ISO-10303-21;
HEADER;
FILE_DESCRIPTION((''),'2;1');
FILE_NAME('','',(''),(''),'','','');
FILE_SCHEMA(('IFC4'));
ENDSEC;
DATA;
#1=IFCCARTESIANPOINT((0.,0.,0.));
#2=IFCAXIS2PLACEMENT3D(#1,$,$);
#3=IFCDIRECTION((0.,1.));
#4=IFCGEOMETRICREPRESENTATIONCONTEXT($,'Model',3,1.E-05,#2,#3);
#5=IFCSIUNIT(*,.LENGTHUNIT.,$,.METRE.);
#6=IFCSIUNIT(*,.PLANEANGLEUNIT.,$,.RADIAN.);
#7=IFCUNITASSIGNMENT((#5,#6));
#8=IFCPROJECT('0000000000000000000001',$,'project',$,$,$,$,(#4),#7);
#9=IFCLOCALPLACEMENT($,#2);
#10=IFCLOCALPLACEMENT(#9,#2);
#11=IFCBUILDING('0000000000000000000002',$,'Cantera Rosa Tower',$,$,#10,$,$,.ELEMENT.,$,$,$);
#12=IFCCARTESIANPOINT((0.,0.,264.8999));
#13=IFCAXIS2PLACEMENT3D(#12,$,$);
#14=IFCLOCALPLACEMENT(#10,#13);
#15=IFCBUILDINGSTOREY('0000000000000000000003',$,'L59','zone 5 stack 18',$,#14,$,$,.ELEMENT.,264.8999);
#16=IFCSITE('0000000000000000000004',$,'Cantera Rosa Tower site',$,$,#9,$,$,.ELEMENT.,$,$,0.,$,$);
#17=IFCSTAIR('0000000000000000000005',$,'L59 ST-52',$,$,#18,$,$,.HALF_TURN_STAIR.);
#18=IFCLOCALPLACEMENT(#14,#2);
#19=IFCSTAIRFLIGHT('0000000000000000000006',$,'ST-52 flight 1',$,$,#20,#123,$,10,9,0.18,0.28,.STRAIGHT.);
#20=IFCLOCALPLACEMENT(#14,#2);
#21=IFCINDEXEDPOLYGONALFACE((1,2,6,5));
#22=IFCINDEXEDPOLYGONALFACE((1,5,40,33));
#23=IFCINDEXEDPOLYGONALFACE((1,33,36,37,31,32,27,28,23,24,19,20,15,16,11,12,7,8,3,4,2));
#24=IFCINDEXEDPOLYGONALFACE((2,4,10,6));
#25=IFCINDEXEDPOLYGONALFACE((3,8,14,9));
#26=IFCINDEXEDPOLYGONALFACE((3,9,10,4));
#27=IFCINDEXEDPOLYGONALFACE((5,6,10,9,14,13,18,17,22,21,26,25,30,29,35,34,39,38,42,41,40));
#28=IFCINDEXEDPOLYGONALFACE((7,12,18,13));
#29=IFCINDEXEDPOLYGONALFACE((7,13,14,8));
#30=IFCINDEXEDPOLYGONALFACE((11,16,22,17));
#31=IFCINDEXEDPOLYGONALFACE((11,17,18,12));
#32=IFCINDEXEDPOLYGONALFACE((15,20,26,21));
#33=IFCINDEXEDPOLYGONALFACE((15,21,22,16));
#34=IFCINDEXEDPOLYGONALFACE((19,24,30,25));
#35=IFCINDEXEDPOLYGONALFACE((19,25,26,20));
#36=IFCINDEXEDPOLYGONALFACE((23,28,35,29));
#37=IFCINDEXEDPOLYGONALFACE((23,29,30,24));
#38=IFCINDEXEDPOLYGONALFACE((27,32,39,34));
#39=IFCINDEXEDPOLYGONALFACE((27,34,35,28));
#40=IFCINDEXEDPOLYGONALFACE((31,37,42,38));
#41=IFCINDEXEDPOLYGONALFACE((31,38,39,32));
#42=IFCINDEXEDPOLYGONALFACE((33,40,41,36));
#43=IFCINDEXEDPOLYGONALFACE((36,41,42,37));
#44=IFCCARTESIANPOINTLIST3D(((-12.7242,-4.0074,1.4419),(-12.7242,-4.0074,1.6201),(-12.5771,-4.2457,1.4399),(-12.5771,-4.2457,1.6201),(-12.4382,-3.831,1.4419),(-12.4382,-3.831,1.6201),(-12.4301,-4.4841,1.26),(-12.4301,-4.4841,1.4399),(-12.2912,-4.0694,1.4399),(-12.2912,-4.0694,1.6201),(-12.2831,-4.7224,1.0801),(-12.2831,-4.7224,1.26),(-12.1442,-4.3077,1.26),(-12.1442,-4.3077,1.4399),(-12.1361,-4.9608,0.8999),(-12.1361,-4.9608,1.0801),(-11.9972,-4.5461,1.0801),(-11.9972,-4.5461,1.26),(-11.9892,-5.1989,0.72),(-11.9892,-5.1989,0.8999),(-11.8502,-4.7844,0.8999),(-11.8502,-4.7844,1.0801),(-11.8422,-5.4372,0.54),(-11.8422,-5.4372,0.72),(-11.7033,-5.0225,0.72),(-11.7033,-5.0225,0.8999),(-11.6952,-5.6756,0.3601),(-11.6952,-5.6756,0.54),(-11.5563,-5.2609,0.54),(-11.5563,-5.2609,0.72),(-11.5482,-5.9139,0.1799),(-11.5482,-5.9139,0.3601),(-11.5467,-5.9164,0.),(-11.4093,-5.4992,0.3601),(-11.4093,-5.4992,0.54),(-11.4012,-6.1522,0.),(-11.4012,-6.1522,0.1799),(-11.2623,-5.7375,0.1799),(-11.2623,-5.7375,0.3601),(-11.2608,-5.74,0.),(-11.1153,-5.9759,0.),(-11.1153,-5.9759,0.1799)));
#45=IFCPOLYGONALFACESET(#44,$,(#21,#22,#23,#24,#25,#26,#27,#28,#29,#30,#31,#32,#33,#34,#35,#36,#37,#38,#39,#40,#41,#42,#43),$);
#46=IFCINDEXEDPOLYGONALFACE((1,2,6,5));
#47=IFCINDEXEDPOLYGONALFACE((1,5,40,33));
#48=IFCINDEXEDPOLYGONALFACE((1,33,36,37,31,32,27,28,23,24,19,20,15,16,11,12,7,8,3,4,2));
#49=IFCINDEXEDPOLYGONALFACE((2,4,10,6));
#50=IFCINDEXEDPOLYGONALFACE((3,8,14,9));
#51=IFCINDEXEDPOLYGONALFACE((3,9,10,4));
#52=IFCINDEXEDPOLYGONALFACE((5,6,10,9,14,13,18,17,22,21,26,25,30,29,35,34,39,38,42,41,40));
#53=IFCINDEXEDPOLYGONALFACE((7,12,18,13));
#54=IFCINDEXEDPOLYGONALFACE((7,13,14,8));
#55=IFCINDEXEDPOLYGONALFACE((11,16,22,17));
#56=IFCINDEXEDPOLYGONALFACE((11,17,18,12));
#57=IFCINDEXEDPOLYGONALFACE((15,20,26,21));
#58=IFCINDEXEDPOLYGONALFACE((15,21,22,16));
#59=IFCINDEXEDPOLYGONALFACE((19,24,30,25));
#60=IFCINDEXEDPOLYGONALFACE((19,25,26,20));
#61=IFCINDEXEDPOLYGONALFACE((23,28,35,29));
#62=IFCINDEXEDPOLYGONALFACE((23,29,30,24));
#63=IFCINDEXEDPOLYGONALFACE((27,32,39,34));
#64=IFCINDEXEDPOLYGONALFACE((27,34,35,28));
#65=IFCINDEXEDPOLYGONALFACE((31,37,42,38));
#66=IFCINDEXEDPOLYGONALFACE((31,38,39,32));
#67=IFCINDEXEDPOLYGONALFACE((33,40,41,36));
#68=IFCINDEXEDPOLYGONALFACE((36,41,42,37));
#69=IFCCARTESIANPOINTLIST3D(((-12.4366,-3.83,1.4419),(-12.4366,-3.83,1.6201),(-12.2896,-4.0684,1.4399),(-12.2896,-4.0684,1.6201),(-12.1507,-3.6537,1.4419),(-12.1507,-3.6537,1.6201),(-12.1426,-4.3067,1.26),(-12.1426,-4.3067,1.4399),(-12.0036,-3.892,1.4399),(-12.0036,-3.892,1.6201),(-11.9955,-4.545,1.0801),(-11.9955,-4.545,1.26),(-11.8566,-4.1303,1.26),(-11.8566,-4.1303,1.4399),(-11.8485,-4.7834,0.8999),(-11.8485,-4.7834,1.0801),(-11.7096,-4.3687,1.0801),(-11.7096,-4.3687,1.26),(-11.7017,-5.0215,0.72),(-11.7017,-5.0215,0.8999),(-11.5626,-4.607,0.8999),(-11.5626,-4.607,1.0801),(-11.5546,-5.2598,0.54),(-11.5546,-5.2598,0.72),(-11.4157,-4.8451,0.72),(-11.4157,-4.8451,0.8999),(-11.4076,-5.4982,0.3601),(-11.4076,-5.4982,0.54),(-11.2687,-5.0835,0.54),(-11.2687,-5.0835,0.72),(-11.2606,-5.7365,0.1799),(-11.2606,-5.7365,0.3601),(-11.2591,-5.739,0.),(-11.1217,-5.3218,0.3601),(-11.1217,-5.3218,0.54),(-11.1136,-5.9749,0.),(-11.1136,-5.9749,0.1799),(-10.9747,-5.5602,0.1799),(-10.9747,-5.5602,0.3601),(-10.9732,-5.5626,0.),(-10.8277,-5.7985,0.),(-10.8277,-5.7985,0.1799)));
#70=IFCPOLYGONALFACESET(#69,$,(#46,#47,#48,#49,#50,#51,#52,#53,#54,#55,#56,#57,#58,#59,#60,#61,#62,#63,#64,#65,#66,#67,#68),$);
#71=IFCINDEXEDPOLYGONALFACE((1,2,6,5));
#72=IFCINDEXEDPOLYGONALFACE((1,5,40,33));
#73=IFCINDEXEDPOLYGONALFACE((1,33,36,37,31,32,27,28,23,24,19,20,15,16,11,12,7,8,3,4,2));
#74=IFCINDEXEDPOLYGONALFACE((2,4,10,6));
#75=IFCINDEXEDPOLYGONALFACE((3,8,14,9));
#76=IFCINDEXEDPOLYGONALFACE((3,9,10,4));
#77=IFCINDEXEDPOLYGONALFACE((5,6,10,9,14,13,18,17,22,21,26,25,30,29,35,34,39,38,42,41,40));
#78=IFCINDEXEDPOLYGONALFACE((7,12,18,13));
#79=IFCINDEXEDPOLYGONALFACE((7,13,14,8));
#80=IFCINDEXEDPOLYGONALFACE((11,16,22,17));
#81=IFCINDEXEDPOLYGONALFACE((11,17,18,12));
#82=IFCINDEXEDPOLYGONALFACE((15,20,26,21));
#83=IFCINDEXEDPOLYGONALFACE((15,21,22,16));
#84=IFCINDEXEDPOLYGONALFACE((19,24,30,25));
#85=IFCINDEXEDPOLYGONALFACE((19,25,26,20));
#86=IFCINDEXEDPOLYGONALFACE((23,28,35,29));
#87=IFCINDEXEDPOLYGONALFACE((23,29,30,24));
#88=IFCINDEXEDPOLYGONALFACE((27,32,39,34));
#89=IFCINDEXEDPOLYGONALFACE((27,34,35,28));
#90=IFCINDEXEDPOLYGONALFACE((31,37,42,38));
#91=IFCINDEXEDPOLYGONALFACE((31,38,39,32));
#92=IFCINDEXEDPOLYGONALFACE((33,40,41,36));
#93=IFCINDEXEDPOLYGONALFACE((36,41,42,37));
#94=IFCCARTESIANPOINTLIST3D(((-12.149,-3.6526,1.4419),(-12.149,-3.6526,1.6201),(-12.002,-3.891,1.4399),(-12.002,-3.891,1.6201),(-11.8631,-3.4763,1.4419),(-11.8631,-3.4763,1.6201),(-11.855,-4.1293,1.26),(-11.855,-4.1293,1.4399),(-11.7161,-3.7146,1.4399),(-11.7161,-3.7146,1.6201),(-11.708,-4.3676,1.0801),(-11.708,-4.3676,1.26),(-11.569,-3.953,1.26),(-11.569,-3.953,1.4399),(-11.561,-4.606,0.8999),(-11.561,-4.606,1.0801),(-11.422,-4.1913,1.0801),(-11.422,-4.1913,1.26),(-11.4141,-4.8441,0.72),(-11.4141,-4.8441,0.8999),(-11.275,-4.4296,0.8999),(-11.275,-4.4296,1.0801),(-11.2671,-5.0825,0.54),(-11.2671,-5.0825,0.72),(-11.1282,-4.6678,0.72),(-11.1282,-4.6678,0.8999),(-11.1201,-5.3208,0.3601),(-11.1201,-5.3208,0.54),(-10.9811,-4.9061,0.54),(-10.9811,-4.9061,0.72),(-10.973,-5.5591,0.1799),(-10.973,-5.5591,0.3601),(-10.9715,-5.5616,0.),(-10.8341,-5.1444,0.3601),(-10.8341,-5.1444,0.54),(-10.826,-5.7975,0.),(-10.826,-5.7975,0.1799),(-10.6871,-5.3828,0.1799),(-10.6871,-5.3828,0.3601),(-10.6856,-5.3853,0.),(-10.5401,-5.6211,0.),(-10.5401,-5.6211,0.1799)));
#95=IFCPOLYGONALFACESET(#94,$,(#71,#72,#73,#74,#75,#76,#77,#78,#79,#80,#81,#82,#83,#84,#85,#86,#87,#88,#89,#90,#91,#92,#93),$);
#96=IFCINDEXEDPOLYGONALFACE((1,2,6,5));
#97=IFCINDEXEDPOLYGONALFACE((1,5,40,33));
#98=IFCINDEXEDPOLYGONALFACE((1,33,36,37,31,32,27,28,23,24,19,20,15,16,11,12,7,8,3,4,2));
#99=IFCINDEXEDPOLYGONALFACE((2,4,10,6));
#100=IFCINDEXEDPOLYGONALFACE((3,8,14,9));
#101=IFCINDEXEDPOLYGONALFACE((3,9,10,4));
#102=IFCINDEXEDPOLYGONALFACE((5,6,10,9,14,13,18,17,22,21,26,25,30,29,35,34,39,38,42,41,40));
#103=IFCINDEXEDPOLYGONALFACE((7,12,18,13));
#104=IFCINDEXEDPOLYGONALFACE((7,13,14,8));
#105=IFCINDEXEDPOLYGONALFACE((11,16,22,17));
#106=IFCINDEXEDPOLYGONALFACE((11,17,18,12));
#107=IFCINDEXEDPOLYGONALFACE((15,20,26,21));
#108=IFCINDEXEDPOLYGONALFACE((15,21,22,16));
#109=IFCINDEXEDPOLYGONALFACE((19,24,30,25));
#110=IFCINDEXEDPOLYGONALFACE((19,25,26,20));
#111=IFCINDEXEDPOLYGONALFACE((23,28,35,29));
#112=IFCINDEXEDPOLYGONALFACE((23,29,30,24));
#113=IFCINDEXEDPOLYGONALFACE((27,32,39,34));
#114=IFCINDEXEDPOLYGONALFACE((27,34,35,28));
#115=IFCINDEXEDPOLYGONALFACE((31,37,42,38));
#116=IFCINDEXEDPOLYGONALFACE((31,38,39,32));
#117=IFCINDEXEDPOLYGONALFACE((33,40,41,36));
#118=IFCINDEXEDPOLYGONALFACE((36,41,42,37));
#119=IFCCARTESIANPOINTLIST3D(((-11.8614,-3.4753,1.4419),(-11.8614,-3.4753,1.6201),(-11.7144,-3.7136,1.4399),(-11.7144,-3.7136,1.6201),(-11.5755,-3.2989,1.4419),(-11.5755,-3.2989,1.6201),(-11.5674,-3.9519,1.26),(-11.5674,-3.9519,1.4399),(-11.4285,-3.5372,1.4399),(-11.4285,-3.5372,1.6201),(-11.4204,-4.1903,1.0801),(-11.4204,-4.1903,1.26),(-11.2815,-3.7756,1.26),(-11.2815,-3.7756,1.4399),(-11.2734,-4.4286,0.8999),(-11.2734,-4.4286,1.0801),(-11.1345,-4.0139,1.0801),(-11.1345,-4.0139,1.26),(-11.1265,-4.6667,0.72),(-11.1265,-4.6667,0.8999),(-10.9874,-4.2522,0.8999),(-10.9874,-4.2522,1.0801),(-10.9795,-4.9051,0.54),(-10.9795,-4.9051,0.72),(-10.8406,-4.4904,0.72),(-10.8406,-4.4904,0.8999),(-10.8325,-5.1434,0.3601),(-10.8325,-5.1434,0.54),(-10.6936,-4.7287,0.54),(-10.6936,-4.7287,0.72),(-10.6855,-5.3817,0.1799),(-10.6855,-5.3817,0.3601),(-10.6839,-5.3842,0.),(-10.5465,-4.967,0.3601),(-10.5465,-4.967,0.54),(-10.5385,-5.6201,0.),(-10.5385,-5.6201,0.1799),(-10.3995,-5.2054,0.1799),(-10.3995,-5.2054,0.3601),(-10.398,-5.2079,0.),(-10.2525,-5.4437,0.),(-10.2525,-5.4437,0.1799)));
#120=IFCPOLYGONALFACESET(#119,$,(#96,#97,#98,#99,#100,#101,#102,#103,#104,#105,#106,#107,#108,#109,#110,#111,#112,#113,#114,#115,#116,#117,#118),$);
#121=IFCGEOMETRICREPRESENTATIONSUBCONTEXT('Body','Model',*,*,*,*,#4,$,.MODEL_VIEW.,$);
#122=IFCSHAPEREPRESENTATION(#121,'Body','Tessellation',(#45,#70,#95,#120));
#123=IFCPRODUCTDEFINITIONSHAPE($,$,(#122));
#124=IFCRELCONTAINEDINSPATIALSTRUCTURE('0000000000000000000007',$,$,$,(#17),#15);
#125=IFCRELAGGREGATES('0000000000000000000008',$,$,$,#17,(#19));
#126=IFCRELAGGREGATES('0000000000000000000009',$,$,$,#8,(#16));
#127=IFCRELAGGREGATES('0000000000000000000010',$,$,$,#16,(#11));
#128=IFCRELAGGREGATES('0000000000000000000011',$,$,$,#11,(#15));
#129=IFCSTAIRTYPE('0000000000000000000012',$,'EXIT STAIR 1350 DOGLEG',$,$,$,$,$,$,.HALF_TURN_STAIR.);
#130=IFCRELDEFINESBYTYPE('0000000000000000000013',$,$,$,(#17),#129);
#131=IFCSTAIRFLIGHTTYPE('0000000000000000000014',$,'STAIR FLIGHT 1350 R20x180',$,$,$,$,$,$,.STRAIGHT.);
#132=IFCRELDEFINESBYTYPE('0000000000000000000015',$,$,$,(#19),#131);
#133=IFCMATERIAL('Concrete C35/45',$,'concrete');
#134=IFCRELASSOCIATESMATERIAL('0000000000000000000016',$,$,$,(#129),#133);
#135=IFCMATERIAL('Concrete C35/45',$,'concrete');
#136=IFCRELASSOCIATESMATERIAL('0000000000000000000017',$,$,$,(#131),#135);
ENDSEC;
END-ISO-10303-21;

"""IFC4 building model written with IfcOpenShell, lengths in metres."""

from ifc_helpers import new_model, si_unit, direction, frame, origin, place, context, subcontext, project, spatial, polyline, outline, extrude, material, type_object, element, aggregate, save


model = new_model("IFC4")

# Units and contexts
model_context = context("Model", 3, precision=1e-05, world=origin(), true_north=direction((0.0, 1.0)))
body_context = subcontext(model_context, "Body", "Model", "MODEL_VIEW")
ifc_project = project(units=[si_unit("LENGTHUNIT", "METRE"), si_unit("PLANEANGLEUNIT", "RADIAN")], contexts=[model_context])

# Site, building, storey
site_placement = place(None, origin())
site = spatial("IfcSite", under=ifc_project, at=site_placement, Name="Cantera Rosa Tower site", CompositionType="ELEMENT", RefElevation=0.0)
building_placement = place(site_placement, origin())
building = spatial("IfcBuilding", under=site, at=building_placement, Name="Cantera Rosa Tower", CompositionType="ELEMENT")
storey_placement = place(building_placement, frame((0.0, 0.0, 264.8999)))
storey = spatial("IfcBuildingStorey", under=building, at=storey_placement, Name="L59", Description="zone 5 stack 18", CompositionType="ELEMENT", Elevation=264.8999)

# Stair, stair flight
ifc_material_1 = material(Name="Concrete C35/45", Category="concrete")
stair_type_1 = type_object("IfcStairType", Name="EXIT STAIR 1350 DOGLEG", PredefinedType="HALF_TURN_STAIR", material=ifc_material_1)
stair_1_placement = place(storey_placement, origin())
stair_1 = element("IfcStair", 1, at=stair_1_placement, inside=storey, type_object=stair_type_1, Name="L59 ST-52", PredefinedType="HALF_TURN_STAIR")
ifc_material_2 = material(Name="Concrete C35/45", Category="concrete")
stair_flight_type_1 = type_object("IfcStairFlightType", Name="STAIR FLIGHT 1350 R20x180", PredefinedType="STRAIGHT", material=ifc_material_2)
stair_flight_1_placement = place(storey_placement, frame((-10.8267, -5.7979, 0.0), z_axis=(0.0, 0.0, 1.0), x_axis=(-0.524977, 0.851117, 0.0)))
stair_flight_1 = element("IfcStairFlight", 2, at=stair_flight_1_placement, type_object=stair_flight_type_1, Name="ST-52 flight 1", NumberOfRisers=10, NumberOfTreads=9, PredefinedType="STRAIGHT", RiserHeight=0.18, TreadLength=0.28, context=body_context, shape_type="SweptSolid", body=[
    extrude(outline(polyline([(0.0, 0.0), (0.0, 0.1799), (0.28, 0.1799), (0.28, 0.3601), (0.5601, 0.3601), (0.5601, 0.54), (0.8401, 0.54), (0.8401, 0.72), (1.1201, 0.72), (1.1201, 0.8999), (1.3999, 0.8999), (1.3999, 1.0801), (1.6799, 1.0801), (1.6799, 1.26), (1.96, 1.26), (1.96, 1.4399), (2.24, 1.4399), (2.24, 1.6201), (2.52, 1.6201), (2.52, 1.8), (2.52, 1.4419), (0.2771, 0.0), (0.0, 0.0)])), frame((0.0, 0.675, 0.0), z_axis=(0.0, -1.0, 0.0), x_axis=(1.0, 0.0, 0.0)), (0.0, 0.0, 1.0), 0.3359),
    extrude(outline(polyline([(0.0, 0.0), (0.0, 0.1799), (0.28, 0.1799), (0.28, 0.3601), (0.5601, 0.3601), (0.5601, 0.54), (0.8401, 0.54), (0.8401, 0.72), (1.1201, 0.72), (1.1201, 0.8999), (1.3999, 0.8999), (1.3999, 1.0801), (1.6799, 1.0801), (1.6799, 1.26), (1.96, 1.26), (1.96, 1.4399), (2.24, 1.4399), (2.24, 1.6201), (2.52, 1.6201), (2.52, 1.8), (2.52, 1.4419), (0.2771, 0.0), (0.0, 0.0)])), frame((0.0, 0.3372, 0.0), z_axis=(0.0, -1.0, 0.0), x_axis=(1.0, 0.0, 0.0)), (0.0, 0.0, 1.0), 0.3359),
    extrude(outline(polyline([(0.0, 0.0), (0.0, 0.1799), (0.28, 0.1799), (0.28, 0.3601), (0.5601, 0.3601), (0.5601, 0.54), (0.8401, 0.54), (0.8401, 0.72), (1.1201, 0.72), (1.1201, 0.8999), (1.3999, 0.8999), (1.3999, 1.0801), (1.6799, 1.0801), (1.6799, 1.26), (1.96, 1.26), (1.96, 1.4399), (2.24, 1.4399), (2.24, 1.6201), (2.52, 1.6201), (2.52, 1.8), (2.52, 1.4419), (0.2771, 0.0), (0.0, 0.0)])), frame((0.0, -0.0007, 0.0), z_axis=(0.0, -1.0, 0.0), x_axis=(1.0, 0.0, 0.0)), (0.0, 0.0, 1.0), 0.3359),
    extrude(outline(polyline([(0.0, 0.0), (0.0, 0.1799), (0.28, 0.1799), (0.28, 0.3601), (0.5601, 0.3601), (0.5601, 0.54), (0.8401, 0.54), (0.8401, 0.72), (1.1201, 0.72), (1.1201, 0.8999), (1.3999, 0.8999), (1.3999, 1.0801), (1.6799, 1.0801), (1.6799, 1.26), (1.96, 1.26), (1.96, 1.4399), (2.24, 1.4399), (2.24, 1.6201), (2.52, 1.6201), (2.52, 1.8), (2.52, 1.4419), (0.2771, 0.0), (0.0, 0.0)])), frame((0.0, -0.3386, 0.0), z_axis=(0.0, -1.0, 0.0), x_axis=(1.0, 0.0, 0.0)), (0.0, 0.0, 1.0), 0.3359),
])
aggregate(stair_1, [stair_flight_1])

save(model, "model.ifc")
